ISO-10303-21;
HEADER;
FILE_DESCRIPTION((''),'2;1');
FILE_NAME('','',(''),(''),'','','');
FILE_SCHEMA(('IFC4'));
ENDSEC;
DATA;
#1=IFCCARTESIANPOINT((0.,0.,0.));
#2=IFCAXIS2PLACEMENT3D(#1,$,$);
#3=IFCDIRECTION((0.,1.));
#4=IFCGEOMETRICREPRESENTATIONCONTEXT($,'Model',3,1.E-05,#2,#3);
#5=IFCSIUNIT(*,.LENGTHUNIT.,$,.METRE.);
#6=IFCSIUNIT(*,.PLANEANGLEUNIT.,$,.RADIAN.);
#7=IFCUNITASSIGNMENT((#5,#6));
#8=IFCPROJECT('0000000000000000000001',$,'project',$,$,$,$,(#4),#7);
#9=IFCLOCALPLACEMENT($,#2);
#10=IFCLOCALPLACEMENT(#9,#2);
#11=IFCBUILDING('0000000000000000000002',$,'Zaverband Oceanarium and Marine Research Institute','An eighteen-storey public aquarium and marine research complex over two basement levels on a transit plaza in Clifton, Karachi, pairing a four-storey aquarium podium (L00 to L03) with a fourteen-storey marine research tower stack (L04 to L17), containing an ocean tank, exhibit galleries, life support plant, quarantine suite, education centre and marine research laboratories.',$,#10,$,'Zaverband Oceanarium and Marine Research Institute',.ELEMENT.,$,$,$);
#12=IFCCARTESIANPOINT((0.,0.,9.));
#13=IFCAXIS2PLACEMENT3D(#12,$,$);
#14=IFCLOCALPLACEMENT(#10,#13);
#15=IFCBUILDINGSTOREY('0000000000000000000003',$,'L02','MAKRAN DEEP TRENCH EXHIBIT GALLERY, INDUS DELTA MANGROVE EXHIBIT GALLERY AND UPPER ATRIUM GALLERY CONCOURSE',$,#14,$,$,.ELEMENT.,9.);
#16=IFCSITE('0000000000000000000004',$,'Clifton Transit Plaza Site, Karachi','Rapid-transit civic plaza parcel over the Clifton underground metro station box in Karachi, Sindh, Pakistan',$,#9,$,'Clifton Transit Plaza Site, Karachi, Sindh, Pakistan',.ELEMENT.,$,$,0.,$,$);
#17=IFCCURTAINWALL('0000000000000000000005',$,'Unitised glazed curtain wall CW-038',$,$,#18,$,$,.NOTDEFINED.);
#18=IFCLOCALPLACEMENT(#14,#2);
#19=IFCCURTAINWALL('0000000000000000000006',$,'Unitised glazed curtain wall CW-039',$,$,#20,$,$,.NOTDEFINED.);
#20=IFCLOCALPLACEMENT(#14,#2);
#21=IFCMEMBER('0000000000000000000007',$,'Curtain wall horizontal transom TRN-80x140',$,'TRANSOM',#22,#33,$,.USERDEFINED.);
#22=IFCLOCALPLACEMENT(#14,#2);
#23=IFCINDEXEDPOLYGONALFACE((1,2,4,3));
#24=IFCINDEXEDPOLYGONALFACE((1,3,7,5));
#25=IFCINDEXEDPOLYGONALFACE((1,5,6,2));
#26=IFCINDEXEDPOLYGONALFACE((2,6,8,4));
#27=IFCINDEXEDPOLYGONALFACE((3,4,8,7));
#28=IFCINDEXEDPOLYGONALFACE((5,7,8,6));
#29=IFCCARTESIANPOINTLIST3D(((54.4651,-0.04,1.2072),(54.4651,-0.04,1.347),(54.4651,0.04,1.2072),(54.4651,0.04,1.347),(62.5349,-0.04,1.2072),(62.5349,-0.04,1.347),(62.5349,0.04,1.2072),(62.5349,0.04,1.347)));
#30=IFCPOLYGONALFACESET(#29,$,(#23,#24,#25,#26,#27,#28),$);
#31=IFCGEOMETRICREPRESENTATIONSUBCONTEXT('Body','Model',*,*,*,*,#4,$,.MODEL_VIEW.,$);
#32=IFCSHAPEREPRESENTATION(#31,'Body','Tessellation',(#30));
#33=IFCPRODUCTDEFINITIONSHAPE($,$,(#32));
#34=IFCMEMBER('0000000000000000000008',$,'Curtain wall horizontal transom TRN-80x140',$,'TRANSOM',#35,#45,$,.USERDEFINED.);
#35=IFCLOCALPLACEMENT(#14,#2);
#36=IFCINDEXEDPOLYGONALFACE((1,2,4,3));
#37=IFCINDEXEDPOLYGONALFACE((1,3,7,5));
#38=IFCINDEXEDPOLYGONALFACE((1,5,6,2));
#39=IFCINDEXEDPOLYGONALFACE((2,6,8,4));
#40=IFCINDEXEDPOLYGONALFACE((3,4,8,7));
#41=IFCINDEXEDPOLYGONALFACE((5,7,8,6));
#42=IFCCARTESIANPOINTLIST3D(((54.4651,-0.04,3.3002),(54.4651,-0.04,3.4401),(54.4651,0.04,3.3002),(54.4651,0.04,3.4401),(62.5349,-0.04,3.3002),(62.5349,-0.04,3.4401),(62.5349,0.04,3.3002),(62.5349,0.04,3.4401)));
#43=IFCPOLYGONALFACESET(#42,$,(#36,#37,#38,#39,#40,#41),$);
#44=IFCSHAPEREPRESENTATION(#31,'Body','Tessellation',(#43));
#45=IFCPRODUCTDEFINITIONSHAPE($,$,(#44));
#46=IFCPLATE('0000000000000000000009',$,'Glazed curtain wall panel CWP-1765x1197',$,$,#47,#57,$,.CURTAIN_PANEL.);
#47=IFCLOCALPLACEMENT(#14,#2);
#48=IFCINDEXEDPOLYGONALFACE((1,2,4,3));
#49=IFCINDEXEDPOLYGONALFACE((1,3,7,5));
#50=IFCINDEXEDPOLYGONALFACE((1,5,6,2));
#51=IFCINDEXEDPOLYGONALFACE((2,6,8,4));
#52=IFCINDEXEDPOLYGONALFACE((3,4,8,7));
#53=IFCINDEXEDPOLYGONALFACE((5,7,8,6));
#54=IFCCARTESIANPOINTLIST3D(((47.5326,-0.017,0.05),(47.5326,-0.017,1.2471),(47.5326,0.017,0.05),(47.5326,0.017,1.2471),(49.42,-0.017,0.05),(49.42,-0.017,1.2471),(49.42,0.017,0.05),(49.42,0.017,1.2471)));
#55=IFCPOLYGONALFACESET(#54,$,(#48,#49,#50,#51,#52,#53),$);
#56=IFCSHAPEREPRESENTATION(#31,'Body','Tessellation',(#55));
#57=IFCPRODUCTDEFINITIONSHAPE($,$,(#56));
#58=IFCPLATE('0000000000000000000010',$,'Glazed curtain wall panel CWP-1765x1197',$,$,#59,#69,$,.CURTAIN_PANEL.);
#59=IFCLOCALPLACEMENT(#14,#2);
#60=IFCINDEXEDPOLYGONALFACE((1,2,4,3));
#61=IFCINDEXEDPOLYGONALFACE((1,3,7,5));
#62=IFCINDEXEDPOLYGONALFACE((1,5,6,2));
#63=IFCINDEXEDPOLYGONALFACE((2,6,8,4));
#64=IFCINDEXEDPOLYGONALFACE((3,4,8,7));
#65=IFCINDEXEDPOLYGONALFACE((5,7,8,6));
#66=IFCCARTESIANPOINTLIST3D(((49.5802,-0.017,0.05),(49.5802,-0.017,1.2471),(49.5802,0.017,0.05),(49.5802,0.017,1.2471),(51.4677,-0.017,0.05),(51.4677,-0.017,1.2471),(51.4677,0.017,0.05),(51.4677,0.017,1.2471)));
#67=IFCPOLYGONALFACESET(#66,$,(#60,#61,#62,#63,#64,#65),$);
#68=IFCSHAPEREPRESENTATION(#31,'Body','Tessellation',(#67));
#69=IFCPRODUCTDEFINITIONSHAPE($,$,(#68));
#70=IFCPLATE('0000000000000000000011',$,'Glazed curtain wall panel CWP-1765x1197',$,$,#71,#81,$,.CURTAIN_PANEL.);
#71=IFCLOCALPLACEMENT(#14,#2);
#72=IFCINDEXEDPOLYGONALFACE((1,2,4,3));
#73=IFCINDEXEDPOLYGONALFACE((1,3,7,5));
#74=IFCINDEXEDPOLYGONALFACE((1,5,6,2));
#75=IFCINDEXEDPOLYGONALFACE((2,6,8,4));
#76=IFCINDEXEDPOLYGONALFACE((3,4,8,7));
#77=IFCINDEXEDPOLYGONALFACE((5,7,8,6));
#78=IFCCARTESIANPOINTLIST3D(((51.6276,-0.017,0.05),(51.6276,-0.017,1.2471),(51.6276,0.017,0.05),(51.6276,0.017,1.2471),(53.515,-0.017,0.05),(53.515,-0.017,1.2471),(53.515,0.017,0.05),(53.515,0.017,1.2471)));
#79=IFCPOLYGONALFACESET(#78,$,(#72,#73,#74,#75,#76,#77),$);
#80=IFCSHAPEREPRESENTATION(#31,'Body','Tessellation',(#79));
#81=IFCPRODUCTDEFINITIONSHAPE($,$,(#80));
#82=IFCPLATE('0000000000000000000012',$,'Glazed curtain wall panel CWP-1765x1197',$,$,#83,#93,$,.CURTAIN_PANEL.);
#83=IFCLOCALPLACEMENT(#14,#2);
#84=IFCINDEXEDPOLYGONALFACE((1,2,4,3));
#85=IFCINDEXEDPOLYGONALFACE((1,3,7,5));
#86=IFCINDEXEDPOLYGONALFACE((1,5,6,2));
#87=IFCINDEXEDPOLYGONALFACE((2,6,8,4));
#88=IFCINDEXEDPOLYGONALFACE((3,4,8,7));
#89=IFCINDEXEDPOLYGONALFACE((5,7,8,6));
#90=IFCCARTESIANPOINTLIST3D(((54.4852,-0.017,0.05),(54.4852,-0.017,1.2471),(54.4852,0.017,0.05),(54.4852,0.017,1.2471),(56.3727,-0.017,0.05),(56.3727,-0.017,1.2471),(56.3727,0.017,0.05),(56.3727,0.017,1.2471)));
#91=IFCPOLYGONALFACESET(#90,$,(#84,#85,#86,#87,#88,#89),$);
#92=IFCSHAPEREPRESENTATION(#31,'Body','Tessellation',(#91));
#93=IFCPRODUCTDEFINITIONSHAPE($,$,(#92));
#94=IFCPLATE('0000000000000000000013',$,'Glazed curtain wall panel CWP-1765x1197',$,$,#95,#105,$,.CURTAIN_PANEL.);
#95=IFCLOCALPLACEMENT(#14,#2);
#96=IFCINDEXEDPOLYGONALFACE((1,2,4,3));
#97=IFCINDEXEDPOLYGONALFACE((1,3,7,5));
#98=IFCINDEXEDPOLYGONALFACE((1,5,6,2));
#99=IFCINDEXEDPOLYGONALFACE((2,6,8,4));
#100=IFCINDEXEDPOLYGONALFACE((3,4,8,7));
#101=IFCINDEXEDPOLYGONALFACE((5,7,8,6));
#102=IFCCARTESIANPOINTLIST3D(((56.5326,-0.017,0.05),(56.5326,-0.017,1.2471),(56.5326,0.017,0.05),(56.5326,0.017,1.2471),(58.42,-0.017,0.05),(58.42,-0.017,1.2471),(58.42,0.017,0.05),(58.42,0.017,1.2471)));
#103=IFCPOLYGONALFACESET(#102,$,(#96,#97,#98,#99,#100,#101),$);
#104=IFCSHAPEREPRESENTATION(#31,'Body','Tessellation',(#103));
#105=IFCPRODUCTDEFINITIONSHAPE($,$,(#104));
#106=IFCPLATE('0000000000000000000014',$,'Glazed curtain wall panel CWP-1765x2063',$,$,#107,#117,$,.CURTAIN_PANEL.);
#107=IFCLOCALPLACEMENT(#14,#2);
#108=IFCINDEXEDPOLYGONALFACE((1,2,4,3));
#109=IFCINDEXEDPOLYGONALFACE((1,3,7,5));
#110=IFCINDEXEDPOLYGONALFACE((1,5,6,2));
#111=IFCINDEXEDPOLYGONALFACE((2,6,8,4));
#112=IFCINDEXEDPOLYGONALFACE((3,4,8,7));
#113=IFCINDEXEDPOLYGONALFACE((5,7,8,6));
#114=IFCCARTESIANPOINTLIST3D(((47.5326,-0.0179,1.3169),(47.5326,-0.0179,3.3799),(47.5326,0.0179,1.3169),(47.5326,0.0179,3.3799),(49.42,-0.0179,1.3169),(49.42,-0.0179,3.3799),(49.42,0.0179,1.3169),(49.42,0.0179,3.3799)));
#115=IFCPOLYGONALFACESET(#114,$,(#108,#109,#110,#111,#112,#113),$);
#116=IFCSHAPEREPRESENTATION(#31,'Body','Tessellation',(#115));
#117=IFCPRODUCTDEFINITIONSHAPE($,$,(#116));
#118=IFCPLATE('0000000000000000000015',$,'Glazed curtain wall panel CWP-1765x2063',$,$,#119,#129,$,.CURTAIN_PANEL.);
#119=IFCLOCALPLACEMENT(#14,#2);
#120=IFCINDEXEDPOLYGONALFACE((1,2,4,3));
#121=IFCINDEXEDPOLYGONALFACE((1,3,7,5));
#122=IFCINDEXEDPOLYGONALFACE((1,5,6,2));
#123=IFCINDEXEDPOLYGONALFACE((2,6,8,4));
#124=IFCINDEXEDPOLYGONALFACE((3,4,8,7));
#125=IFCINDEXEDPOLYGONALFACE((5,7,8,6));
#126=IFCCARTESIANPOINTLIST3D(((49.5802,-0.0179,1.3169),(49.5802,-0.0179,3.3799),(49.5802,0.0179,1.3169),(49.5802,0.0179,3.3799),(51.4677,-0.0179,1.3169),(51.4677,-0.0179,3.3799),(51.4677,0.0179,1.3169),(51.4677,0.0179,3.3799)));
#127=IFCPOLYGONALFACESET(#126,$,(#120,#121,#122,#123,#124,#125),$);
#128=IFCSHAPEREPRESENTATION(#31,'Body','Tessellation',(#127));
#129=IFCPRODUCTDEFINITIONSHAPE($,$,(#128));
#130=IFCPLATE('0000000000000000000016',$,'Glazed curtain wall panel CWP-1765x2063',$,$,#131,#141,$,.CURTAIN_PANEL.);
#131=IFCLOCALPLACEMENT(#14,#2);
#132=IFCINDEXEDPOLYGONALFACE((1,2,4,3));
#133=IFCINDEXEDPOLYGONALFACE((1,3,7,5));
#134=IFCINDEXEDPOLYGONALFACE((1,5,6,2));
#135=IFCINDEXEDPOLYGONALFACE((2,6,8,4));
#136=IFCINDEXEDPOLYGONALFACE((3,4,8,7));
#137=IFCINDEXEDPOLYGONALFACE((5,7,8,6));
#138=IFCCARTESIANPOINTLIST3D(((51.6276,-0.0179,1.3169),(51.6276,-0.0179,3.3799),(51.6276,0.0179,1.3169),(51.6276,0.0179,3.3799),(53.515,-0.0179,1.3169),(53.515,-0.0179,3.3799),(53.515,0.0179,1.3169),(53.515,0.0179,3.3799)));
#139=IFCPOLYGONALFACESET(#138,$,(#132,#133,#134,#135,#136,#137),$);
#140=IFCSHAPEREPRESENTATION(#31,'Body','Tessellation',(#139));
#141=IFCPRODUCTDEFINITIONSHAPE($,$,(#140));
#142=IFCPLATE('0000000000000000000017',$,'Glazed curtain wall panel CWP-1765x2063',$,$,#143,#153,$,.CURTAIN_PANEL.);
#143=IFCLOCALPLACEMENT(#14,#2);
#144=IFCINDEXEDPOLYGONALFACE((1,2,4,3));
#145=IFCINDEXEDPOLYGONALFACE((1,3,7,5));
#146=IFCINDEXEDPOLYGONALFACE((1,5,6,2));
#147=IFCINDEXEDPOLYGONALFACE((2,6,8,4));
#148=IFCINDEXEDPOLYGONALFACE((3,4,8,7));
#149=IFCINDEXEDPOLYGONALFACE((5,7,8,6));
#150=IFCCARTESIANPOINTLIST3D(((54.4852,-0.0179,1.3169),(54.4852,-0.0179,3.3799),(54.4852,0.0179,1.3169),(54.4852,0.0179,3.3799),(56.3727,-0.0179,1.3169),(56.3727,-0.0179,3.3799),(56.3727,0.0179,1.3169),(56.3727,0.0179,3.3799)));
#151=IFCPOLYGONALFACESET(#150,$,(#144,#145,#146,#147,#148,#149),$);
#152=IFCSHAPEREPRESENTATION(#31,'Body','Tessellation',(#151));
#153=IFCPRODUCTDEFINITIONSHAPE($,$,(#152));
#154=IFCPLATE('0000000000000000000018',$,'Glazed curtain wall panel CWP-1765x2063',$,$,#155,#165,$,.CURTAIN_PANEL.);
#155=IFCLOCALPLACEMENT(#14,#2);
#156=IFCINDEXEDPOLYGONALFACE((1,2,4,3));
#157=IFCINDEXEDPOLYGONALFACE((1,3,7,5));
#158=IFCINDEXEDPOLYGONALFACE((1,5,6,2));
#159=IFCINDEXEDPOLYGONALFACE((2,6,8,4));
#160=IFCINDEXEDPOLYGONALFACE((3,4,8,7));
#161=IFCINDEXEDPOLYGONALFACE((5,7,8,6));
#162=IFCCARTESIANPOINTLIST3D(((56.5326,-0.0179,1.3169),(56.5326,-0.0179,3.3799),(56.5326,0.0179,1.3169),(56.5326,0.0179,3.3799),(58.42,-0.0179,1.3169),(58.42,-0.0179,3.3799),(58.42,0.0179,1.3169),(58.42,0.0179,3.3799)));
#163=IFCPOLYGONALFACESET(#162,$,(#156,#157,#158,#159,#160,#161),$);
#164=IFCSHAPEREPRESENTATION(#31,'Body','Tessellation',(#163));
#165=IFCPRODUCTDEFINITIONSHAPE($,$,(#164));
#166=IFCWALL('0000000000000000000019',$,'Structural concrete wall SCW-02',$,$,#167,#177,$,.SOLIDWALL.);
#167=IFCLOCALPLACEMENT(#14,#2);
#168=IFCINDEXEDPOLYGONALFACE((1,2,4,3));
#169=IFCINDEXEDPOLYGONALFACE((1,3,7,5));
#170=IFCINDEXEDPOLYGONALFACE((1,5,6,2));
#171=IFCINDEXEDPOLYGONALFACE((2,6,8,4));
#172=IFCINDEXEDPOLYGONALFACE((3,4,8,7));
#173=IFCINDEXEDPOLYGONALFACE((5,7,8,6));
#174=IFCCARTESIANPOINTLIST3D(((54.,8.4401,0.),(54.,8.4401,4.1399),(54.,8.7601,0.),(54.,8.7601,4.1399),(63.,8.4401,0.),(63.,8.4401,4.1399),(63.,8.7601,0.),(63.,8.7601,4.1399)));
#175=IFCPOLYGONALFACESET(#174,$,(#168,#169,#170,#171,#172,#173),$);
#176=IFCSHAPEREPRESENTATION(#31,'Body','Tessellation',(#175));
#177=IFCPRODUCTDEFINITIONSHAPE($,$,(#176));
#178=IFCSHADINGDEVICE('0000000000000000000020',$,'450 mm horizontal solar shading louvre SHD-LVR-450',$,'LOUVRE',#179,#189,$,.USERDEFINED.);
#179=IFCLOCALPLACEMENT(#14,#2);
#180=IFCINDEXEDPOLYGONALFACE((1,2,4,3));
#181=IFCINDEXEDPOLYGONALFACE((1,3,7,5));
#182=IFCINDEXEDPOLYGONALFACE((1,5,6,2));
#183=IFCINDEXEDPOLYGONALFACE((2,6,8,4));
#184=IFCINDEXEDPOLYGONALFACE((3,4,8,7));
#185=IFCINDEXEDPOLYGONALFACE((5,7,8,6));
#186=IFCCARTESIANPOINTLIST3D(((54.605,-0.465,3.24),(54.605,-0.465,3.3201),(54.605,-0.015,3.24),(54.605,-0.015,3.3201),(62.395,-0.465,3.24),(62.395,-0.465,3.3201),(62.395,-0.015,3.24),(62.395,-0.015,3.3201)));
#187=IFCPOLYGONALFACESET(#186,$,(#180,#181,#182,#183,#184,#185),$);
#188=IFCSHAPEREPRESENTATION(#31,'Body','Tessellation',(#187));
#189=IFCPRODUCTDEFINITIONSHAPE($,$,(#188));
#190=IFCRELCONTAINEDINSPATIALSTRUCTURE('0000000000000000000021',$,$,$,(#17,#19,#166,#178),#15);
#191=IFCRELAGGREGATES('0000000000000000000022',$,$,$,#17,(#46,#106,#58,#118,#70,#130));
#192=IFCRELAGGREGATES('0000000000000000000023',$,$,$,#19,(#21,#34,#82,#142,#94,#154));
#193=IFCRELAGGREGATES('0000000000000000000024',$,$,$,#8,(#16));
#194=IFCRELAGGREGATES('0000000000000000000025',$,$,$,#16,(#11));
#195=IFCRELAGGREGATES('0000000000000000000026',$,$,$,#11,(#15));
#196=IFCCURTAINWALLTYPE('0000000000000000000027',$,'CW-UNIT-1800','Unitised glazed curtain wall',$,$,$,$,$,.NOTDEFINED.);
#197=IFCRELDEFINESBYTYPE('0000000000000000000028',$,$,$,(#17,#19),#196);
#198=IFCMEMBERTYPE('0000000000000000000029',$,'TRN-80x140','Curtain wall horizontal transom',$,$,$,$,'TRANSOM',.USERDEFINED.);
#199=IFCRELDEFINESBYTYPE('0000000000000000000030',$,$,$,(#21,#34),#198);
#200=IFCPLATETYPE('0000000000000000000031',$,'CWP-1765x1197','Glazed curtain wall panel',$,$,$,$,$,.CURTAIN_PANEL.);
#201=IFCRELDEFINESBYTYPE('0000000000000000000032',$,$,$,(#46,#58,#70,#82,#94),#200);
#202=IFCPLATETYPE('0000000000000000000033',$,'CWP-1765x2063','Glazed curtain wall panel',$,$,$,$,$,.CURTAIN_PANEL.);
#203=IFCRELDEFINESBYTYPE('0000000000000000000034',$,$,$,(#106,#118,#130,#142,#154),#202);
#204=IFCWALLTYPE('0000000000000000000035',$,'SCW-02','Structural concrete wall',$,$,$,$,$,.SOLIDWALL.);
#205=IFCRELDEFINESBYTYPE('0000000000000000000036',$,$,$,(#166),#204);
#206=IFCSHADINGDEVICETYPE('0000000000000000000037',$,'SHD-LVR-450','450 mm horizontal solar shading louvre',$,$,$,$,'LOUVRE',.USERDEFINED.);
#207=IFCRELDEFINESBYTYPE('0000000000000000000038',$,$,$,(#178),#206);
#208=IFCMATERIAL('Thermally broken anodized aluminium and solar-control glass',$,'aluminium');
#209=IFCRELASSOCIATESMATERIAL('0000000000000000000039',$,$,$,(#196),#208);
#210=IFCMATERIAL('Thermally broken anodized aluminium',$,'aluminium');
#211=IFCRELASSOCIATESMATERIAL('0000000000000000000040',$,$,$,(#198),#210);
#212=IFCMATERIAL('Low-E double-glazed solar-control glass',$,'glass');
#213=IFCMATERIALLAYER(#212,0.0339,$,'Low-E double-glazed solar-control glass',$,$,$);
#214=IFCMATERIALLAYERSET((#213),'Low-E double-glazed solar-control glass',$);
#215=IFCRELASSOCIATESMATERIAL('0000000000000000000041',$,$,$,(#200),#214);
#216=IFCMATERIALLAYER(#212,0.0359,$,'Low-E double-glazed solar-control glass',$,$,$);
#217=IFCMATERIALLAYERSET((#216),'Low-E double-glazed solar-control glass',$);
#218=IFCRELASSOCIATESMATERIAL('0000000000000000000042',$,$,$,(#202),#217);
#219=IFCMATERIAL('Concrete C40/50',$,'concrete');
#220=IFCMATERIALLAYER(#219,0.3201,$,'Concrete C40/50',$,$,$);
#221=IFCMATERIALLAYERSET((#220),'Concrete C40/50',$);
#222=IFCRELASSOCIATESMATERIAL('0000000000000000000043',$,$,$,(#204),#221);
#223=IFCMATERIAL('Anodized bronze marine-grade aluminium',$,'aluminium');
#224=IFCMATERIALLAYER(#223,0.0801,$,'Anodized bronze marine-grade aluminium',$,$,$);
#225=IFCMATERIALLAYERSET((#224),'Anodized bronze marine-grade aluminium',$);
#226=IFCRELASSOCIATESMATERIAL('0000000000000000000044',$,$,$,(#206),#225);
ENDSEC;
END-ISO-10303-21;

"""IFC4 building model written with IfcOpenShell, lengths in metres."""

from ifc_helpers import new_model, si_unit, direction, frame, frame_2d, origin, origin_2d, place, context, subcontext, project, spatial, rectangle, extrude, material, layer, layer_set, material_profile, profile_set, type_object, element, aggregate, save


model = new_model("IFC4")

# Units and contexts
model_context = context("Model", 3, precision=1e-05, world=origin(), true_north=direction((0.0, 1.0)))
body_context = subcontext(model_context, "Body", "Model", "MODEL_VIEW")
ifc_project = project(units=[si_unit("LENGTHUNIT", "METRE"), si_unit("PLANEANGLEUNIT", "RADIAN")], contexts=[model_context])

# Site, building, storey
site_placement = place(None, origin())
site = spatial("IfcSite", under=ifc_project, at=site_placement, Name="Clifton Transit Plaza Site, Karachi", Description="Rapid-transit civic plaza parcel over the Clifton underground metro station box in Karachi, Sindh, Pakistan", LongName="Clifton Transit Plaza Site, Karachi, Sindh, Pakistan", CompositionType="ELEMENT", RefElevation=0.0)
building_placement = place(site_placement, origin())
building = spatial("IfcBuilding", under=site, at=building_placement, Name="Zaverband Oceanarium and Marine Research Institute", Description="An eighteen-storey public aquarium and marine research complex over two basement levels on a transit plaza in Clifton, Karachi, pairing a four-storey aquarium podium (L00 to L03) with a fourteen-storey marine research tower stack (L04 to L17), containing an ocean tank, exhibit galleries, life support plant, quarantine suite, education centre and marine research laboratories.", LongName="Zaverband Oceanarium and Marine Research Institute", CompositionType="ELEMENT")
storey_placement = place(building_placement, frame((0.0, 0.0, 9.0)))
storey = spatial("IfcBuildingStorey", under=building, at=storey_placement, Name="L02", Description="MAKRAN DEEP TRENCH EXHIBIT GALLERY, INDUS DELTA MANGROVE EXHIBIT GALLERY AND UPPER ATRIUM GALLERY CONCOURSE", CompositionType="ELEMENT", Elevation=9.0)

# Shared definitions
ifc_material_1 = material(Name="Concrete C40/50", Category="concrete")

# Curtain walls
ifc_material_2 = material(Name="Thermally broken anodized aluminium and solar-control glass", Category="aluminium")
curtain_wall_type = type_object("IfcCurtainWallType", Name="CW-UNIT-1800", Description="Unitised glazed curtain wall", PredefinedType="NOTDEFINED", material=ifc_material_2)
curtain_wall_1_placement = place(storey_placement, origin())
curtain_wall_1 = element("IfcCurtainWall", 1, at=curtain_wall_1_placement, inside=storey, type_object=curtain_wall_type, Name="Unitised glazed curtain wall CW-038", PredefinedType="NOTDEFINED")
ifc_material_3 = material(Name="Thermally broken anodized aluminium", Category="aluminium")
curtain_wall_2_placement = place(storey_placement, origin())
curtain_wall_2 = element("IfcCurtainWall", 2, at=curtain_wall_2_placement, inside=storey, type_object=curtain_wall_type, Name="Unitised glazed curtain wall CW-039", PredefinedType="NOTDEFINED")

# Members
ifc_material_profile_1 = material_profile(ifc_material_3, rectangle(XDim=0.0801, YDim=0.1399, at=origin_2d()), Name="AL-TRN-80x140")
ifc_profile_set_1 = profile_set([ifc_material_profile_1], Name="Thermally broken anodized aluminium")
member_type_1 = type_object("IfcMemberType", Name="TRN-80x140", Description="Curtain wall horizontal transom", ElementType="TRANSOM", PredefinedType="USERDEFINED", material=ifc_profile_set_1)
member_1_placement = place(storey_placement, frame((54.4651, 0.0, 1.2771), z_axis=(1.0, 0.0, 0.0), x_axis=(0.0, 1.0, 0.0)))
member_1 = element("IfcMember", 3, at=member_1_placement, type_object=member_type_1, Name="Curtain wall horizontal transom TRN-80x140", ObjectType="TRANSOM", PredefinedType="USERDEFINED", context=body_context, shape_type="SweptSolid", body=[
    extrude(rectangle(XDim=0.0801, YDim=0.1399, at=origin_2d()), origin(), (0.0, 0.0, 1.0), 8.0698),
])
member_2_placement = place(storey_placement, frame((54.4651, 0.0, 3.3701), z_axis=(1.0, 0.0, 0.0), x_axis=(0.0, 1.0, 0.0)))
member_2 = element("IfcMember", 4, at=member_2_placement, type_object=member_type_1, Name="Curtain wall horizontal transom TRN-80x140", ObjectType="TRANSOM", PredefinedType="USERDEFINED", context=body_context, shape_type="SweptSolid", body=[
    extrude(rectangle(XDim=0.0801, YDim=0.1399, at=origin_2d()), origin(), (0.0, 0.0, 1.0), 8.0698),
])

# Plates
ifc_material_4 = material(Name="Low-E double-glazed solar-control glass", Category="glass")
ifc_layer_1 = layer(ifc_material_4, 0.0339, Name="Low-E double-glazed solar-control glass")
ifc_layer_set_1 = layer_set([ifc_layer_1], Name="Low-E double-glazed solar-control glass")
plate_type_1 = type_object("IfcPlateType", Name="CWP-1765x1197", Description="Glazed curtain wall panel", PredefinedType="CURTAIN_PANEL", material=ifc_layer_set_1)
plate_1_placement = place(storey_placement, frame((47.5325, 0.0, 0.05), z_axis=(0.0, 0.0, 1.0), x_axis=(1.0, 0.0, 0.0)))
plate_1 = element("IfcPlate", 5, at=plate_1_placement, type_object=plate_type_1, Name="Glazed curtain wall panel CWP-1765x1197", PredefinedType="CURTAIN_PANEL", context=body_context, shape_type="SweptSolid", body=[
    extrude(rectangle(XDim=1.8875, YDim=0.0339, at=frame_2d((0.9438, 0.0))), origin(), (0.0, 0.0, 1.0), 1.197),
])
plate_2_placement = place(storey_placement, frame((49.5801, 0.0, 0.05), z_axis=(0.0, 0.0, 1.0), x_axis=(1.0, 0.0, 0.0)))
plate_2 = element("IfcPlate", 6, at=plate_2_placement, type_object=plate_type_1, Name="Glazed curtain wall panel CWP-1765x1197", PredefinedType="CURTAIN_PANEL", context=body_context, shape_type="SweptSolid", body=[
    extrude(rectangle(XDim=1.8875, YDim=0.0339, at=frame_2d((0.9438, 0.0))), origin(), (0.0, 0.0, 1.0), 1.197),
])
plate_3_placement = place(storey_placement, frame((51.6274, 0.0, 0.05), z_axis=(0.0, 0.0, 1.0), x_axis=(1.0, 0.0, 0.0)))
plate_3 = element("IfcPlate", 7, at=plate_3_placement, type_object=plate_type_1, Name="Glazed curtain wall panel CWP-1765x1197", PredefinedType="CURTAIN_PANEL", context=body_context, shape_type="SweptSolid", body=[
    extrude(rectangle(XDim=1.8875, YDim=0.0339, at=frame_2d((0.9438, 0.0))), origin(), (0.0, 0.0, 1.0), 1.197),
])
plate_4_placement = place(storey_placement, frame((54.4851, 0.0, 0.05), z_axis=(0.0, 0.0, 1.0), x_axis=(1.0, 0.0, 0.0)))
plate_4 = element("IfcPlate", 8, at=plate_4_placement, type_object=plate_type_1, Name="Glazed curtain wall panel CWP-1765x1197", PredefinedType="CURTAIN_PANEL", context=body_context, shape_type="SweptSolid", body=[
    extrude(rectangle(XDim=1.8875, YDim=0.0339, at=frame_2d((0.9438, 0.0))), origin(), (0.0, 0.0, 1.0), 1.197),
])
plate_5_placement = place(storey_placement, frame((56.5325, 0.0, 0.05), z_axis=(0.0, 0.0, 1.0), x_axis=(1.0, 0.0, 0.0)))
plate_5 = element("IfcPlate", 9, at=plate_5_placement, type_object=plate_type_1, Name="Glazed curtain wall panel CWP-1765x1197", PredefinedType="CURTAIN_PANEL", context=body_context, shape_type="SweptSolid", body=[
    extrude(rectangle(XDim=1.8875, YDim=0.0339, at=frame_2d((0.9438, 0.0))), origin(), (0.0, 0.0, 1.0), 1.197),
])
ifc_layer_2 = layer(ifc_material_4, 0.0359, Name="Low-E double-glazed solar-control glass")
ifc_layer_set_2 = layer_set([ifc_layer_2], Name="Low-E double-glazed solar-control glass")
plate_type_2 = type_object("IfcPlateType", Name="CWP-1765x2063", Description="Glazed curtain wall panel", PredefinedType="CURTAIN_PANEL", material=ifc_layer_set_2)
plate_6_placement = place(storey_placement, frame((47.5325, 0.0, 1.3169), z_axis=(0.0, 0.0, 1.0), x_axis=(1.0, 0.0, 0.0)))
plate_6 = element("IfcPlate", 10, at=plate_6_placement, type_object=plate_type_2, Name="Glazed curtain wall panel CWP-1765x2063", PredefinedType="CURTAIN_PANEL", context=body_context, shape_type="SweptSolid", body=[
    extrude(rectangle(XDim=1.8875, YDim=0.0359, at=frame_2d((0.9438, 0.0))), origin(), (0.0, 0.0, 1.0), 2.063),
])
plate_7_placement = place(storey_placement, frame((49.5801, 0.0, 1.3169), z_axis=(0.0, 0.0, 1.0), x_axis=(1.0, 0.0, 0.0)))
plate_7 = element("IfcPlate", 11, at=plate_7_placement, type_object=plate_type_2, Name="Glazed curtain wall panel CWP-1765x2063", PredefinedType="CURTAIN_PANEL", context=body_context, shape_type="SweptSolid", body=[
    extrude(rectangle(XDim=1.8875, YDim=0.0359, at=frame_2d((0.9438, 0.0))), origin(), (0.0, 0.0, 1.0), 2.063),
])
plate_8_placement = place(storey_placement, frame((51.6274, 0.0, 1.3169), z_axis=(0.0, 0.0, 1.0), x_axis=(1.0, 0.0, 0.0)))
plate_8 = element("IfcPlate", 12, at=plate_8_placement, type_object=plate_type_2, Name="Glazed curtain wall panel CWP-1765x2063", PredefinedType="CURTAIN_PANEL", context=body_context, shape_type="SweptSolid", body=[
    extrude(rectangle(XDim=1.8875, YDim=0.0359, at=frame_2d((0.9438, 0.0))), origin(), (0.0, 0.0, 1.0), 2.063),
])
aggregate(curtain_wall_1, [plate_1, plate_6, plate_2, plate_7, plate_3, plate_8])
plate_9_placement = place(storey_placement, frame((54.4851, 0.0, 1.3169), z_axis=(0.0, 0.0, 1.0), x_axis=(1.0, 0.0, 0.0)))
plate_9 = element("IfcPlate", 13, at=plate_9_placement, type_object=plate_type_2, Name="Glazed curtain wall panel CWP-1765x2063", PredefinedType="CURTAIN_PANEL", context=body_context, shape_type="SweptSolid", body=[
    extrude(rectangle(XDim=1.8875, YDim=0.0359, at=frame_2d((0.9438, 0.0))), origin(), (0.0, 0.0, 1.0), 2.063),
])
plate_10_placement = place(storey_placement, frame((56.5325, 0.0, 1.3169), z_axis=(0.0, 0.0, 1.0), x_axis=(1.0, 0.0, 0.0)))
plate_10 = element("IfcPlate", 14, at=plate_10_placement, type_object=plate_type_2, Name="Glazed curtain wall panel CWP-1765x2063", PredefinedType="CURTAIN_PANEL", context=body_context, shape_type="SweptSolid", body=[
    extrude(rectangle(XDim=1.8875, YDim=0.0359, at=frame_2d((0.9438, 0.0))), origin(), (0.0, 0.0, 1.0), 2.063),
])
aggregate(curtain_wall_2, [member_1, member_2, plate_4, plate_9, plate_5, plate_10])

# Wall
ifc_layer_3 = layer(ifc_material_1, 0.3201, Name="Concrete C40/50")
ifc_layer_set_3 = layer_set([ifc_layer_3], Name="Concrete C40/50")
wall_type = type_object("IfcWallType", Name="SCW-02", Description="Structural concrete wall", PredefinedType="SOLIDWALL", material=ifc_layer_set_3)
wall_placement = place(storey_placement, frame((54.0, 8.6001, 0.0), z_axis=(0.0, 0.0, 1.0), x_axis=(1.0, 0.0, 0.0)))
element("IfcWall", 15, at=wall_placement, inside=storey, type_object=wall_type, Name="Structural concrete wall SCW-02", PredefinedType="SOLIDWALL", context=body_context, shape_type="SweptSolid", body=[
    extrude(rectangle(XDim=9.0, YDim=0.3201, at=frame_2d((4.5, 0.0))), origin(), (0.0, 0.0, 1.0), 4.1399),
])

# Shading device
ifc_material_5 = material(Name="Anodized bronze marine-grade aluminium", Category="aluminium")
ifc_layer_4 = layer(ifc_material_5, 0.0801, Name="Anodized bronze marine-grade aluminium")
ifc_layer_set_4 = layer_set([ifc_layer_4], Name="Anodized bronze marine-grade aluminium")
shading_device_type = type_object("IfcShadingDeviceType", Name="SHD-LVR-450", Description="450 mm horizontal solar shading louvre", ElementType="LOUVRE", PredefinedType="USERDEFINED", material=ifc_layer_set_4)
shading_device_placement = place(storey_placement, frame((54.605, -0.24, 3.24), z_axis=(0.0, 0.0, 1.0), x_axis=(1.0, 0.0, 0.0)))
element("IfcShadingDevice", 16, at=shading_device_placement, inside=storey, type_object=shading_device_type, Name="450 mm horizontal solar shading louvre SHD-LVR-450", ObjectType="LOUVRE", PredefinedType="USERDEFINED", context=body_context, shape_type="SweptSolid", body=[
    extrude(rectangle(XDim=7.79, YDim=0.45, at=frame_2d((3.895, 0.0))), origin(), (0.0, 0.0, 1.0), 0.0801),
])

save(model, "model.ifc")
